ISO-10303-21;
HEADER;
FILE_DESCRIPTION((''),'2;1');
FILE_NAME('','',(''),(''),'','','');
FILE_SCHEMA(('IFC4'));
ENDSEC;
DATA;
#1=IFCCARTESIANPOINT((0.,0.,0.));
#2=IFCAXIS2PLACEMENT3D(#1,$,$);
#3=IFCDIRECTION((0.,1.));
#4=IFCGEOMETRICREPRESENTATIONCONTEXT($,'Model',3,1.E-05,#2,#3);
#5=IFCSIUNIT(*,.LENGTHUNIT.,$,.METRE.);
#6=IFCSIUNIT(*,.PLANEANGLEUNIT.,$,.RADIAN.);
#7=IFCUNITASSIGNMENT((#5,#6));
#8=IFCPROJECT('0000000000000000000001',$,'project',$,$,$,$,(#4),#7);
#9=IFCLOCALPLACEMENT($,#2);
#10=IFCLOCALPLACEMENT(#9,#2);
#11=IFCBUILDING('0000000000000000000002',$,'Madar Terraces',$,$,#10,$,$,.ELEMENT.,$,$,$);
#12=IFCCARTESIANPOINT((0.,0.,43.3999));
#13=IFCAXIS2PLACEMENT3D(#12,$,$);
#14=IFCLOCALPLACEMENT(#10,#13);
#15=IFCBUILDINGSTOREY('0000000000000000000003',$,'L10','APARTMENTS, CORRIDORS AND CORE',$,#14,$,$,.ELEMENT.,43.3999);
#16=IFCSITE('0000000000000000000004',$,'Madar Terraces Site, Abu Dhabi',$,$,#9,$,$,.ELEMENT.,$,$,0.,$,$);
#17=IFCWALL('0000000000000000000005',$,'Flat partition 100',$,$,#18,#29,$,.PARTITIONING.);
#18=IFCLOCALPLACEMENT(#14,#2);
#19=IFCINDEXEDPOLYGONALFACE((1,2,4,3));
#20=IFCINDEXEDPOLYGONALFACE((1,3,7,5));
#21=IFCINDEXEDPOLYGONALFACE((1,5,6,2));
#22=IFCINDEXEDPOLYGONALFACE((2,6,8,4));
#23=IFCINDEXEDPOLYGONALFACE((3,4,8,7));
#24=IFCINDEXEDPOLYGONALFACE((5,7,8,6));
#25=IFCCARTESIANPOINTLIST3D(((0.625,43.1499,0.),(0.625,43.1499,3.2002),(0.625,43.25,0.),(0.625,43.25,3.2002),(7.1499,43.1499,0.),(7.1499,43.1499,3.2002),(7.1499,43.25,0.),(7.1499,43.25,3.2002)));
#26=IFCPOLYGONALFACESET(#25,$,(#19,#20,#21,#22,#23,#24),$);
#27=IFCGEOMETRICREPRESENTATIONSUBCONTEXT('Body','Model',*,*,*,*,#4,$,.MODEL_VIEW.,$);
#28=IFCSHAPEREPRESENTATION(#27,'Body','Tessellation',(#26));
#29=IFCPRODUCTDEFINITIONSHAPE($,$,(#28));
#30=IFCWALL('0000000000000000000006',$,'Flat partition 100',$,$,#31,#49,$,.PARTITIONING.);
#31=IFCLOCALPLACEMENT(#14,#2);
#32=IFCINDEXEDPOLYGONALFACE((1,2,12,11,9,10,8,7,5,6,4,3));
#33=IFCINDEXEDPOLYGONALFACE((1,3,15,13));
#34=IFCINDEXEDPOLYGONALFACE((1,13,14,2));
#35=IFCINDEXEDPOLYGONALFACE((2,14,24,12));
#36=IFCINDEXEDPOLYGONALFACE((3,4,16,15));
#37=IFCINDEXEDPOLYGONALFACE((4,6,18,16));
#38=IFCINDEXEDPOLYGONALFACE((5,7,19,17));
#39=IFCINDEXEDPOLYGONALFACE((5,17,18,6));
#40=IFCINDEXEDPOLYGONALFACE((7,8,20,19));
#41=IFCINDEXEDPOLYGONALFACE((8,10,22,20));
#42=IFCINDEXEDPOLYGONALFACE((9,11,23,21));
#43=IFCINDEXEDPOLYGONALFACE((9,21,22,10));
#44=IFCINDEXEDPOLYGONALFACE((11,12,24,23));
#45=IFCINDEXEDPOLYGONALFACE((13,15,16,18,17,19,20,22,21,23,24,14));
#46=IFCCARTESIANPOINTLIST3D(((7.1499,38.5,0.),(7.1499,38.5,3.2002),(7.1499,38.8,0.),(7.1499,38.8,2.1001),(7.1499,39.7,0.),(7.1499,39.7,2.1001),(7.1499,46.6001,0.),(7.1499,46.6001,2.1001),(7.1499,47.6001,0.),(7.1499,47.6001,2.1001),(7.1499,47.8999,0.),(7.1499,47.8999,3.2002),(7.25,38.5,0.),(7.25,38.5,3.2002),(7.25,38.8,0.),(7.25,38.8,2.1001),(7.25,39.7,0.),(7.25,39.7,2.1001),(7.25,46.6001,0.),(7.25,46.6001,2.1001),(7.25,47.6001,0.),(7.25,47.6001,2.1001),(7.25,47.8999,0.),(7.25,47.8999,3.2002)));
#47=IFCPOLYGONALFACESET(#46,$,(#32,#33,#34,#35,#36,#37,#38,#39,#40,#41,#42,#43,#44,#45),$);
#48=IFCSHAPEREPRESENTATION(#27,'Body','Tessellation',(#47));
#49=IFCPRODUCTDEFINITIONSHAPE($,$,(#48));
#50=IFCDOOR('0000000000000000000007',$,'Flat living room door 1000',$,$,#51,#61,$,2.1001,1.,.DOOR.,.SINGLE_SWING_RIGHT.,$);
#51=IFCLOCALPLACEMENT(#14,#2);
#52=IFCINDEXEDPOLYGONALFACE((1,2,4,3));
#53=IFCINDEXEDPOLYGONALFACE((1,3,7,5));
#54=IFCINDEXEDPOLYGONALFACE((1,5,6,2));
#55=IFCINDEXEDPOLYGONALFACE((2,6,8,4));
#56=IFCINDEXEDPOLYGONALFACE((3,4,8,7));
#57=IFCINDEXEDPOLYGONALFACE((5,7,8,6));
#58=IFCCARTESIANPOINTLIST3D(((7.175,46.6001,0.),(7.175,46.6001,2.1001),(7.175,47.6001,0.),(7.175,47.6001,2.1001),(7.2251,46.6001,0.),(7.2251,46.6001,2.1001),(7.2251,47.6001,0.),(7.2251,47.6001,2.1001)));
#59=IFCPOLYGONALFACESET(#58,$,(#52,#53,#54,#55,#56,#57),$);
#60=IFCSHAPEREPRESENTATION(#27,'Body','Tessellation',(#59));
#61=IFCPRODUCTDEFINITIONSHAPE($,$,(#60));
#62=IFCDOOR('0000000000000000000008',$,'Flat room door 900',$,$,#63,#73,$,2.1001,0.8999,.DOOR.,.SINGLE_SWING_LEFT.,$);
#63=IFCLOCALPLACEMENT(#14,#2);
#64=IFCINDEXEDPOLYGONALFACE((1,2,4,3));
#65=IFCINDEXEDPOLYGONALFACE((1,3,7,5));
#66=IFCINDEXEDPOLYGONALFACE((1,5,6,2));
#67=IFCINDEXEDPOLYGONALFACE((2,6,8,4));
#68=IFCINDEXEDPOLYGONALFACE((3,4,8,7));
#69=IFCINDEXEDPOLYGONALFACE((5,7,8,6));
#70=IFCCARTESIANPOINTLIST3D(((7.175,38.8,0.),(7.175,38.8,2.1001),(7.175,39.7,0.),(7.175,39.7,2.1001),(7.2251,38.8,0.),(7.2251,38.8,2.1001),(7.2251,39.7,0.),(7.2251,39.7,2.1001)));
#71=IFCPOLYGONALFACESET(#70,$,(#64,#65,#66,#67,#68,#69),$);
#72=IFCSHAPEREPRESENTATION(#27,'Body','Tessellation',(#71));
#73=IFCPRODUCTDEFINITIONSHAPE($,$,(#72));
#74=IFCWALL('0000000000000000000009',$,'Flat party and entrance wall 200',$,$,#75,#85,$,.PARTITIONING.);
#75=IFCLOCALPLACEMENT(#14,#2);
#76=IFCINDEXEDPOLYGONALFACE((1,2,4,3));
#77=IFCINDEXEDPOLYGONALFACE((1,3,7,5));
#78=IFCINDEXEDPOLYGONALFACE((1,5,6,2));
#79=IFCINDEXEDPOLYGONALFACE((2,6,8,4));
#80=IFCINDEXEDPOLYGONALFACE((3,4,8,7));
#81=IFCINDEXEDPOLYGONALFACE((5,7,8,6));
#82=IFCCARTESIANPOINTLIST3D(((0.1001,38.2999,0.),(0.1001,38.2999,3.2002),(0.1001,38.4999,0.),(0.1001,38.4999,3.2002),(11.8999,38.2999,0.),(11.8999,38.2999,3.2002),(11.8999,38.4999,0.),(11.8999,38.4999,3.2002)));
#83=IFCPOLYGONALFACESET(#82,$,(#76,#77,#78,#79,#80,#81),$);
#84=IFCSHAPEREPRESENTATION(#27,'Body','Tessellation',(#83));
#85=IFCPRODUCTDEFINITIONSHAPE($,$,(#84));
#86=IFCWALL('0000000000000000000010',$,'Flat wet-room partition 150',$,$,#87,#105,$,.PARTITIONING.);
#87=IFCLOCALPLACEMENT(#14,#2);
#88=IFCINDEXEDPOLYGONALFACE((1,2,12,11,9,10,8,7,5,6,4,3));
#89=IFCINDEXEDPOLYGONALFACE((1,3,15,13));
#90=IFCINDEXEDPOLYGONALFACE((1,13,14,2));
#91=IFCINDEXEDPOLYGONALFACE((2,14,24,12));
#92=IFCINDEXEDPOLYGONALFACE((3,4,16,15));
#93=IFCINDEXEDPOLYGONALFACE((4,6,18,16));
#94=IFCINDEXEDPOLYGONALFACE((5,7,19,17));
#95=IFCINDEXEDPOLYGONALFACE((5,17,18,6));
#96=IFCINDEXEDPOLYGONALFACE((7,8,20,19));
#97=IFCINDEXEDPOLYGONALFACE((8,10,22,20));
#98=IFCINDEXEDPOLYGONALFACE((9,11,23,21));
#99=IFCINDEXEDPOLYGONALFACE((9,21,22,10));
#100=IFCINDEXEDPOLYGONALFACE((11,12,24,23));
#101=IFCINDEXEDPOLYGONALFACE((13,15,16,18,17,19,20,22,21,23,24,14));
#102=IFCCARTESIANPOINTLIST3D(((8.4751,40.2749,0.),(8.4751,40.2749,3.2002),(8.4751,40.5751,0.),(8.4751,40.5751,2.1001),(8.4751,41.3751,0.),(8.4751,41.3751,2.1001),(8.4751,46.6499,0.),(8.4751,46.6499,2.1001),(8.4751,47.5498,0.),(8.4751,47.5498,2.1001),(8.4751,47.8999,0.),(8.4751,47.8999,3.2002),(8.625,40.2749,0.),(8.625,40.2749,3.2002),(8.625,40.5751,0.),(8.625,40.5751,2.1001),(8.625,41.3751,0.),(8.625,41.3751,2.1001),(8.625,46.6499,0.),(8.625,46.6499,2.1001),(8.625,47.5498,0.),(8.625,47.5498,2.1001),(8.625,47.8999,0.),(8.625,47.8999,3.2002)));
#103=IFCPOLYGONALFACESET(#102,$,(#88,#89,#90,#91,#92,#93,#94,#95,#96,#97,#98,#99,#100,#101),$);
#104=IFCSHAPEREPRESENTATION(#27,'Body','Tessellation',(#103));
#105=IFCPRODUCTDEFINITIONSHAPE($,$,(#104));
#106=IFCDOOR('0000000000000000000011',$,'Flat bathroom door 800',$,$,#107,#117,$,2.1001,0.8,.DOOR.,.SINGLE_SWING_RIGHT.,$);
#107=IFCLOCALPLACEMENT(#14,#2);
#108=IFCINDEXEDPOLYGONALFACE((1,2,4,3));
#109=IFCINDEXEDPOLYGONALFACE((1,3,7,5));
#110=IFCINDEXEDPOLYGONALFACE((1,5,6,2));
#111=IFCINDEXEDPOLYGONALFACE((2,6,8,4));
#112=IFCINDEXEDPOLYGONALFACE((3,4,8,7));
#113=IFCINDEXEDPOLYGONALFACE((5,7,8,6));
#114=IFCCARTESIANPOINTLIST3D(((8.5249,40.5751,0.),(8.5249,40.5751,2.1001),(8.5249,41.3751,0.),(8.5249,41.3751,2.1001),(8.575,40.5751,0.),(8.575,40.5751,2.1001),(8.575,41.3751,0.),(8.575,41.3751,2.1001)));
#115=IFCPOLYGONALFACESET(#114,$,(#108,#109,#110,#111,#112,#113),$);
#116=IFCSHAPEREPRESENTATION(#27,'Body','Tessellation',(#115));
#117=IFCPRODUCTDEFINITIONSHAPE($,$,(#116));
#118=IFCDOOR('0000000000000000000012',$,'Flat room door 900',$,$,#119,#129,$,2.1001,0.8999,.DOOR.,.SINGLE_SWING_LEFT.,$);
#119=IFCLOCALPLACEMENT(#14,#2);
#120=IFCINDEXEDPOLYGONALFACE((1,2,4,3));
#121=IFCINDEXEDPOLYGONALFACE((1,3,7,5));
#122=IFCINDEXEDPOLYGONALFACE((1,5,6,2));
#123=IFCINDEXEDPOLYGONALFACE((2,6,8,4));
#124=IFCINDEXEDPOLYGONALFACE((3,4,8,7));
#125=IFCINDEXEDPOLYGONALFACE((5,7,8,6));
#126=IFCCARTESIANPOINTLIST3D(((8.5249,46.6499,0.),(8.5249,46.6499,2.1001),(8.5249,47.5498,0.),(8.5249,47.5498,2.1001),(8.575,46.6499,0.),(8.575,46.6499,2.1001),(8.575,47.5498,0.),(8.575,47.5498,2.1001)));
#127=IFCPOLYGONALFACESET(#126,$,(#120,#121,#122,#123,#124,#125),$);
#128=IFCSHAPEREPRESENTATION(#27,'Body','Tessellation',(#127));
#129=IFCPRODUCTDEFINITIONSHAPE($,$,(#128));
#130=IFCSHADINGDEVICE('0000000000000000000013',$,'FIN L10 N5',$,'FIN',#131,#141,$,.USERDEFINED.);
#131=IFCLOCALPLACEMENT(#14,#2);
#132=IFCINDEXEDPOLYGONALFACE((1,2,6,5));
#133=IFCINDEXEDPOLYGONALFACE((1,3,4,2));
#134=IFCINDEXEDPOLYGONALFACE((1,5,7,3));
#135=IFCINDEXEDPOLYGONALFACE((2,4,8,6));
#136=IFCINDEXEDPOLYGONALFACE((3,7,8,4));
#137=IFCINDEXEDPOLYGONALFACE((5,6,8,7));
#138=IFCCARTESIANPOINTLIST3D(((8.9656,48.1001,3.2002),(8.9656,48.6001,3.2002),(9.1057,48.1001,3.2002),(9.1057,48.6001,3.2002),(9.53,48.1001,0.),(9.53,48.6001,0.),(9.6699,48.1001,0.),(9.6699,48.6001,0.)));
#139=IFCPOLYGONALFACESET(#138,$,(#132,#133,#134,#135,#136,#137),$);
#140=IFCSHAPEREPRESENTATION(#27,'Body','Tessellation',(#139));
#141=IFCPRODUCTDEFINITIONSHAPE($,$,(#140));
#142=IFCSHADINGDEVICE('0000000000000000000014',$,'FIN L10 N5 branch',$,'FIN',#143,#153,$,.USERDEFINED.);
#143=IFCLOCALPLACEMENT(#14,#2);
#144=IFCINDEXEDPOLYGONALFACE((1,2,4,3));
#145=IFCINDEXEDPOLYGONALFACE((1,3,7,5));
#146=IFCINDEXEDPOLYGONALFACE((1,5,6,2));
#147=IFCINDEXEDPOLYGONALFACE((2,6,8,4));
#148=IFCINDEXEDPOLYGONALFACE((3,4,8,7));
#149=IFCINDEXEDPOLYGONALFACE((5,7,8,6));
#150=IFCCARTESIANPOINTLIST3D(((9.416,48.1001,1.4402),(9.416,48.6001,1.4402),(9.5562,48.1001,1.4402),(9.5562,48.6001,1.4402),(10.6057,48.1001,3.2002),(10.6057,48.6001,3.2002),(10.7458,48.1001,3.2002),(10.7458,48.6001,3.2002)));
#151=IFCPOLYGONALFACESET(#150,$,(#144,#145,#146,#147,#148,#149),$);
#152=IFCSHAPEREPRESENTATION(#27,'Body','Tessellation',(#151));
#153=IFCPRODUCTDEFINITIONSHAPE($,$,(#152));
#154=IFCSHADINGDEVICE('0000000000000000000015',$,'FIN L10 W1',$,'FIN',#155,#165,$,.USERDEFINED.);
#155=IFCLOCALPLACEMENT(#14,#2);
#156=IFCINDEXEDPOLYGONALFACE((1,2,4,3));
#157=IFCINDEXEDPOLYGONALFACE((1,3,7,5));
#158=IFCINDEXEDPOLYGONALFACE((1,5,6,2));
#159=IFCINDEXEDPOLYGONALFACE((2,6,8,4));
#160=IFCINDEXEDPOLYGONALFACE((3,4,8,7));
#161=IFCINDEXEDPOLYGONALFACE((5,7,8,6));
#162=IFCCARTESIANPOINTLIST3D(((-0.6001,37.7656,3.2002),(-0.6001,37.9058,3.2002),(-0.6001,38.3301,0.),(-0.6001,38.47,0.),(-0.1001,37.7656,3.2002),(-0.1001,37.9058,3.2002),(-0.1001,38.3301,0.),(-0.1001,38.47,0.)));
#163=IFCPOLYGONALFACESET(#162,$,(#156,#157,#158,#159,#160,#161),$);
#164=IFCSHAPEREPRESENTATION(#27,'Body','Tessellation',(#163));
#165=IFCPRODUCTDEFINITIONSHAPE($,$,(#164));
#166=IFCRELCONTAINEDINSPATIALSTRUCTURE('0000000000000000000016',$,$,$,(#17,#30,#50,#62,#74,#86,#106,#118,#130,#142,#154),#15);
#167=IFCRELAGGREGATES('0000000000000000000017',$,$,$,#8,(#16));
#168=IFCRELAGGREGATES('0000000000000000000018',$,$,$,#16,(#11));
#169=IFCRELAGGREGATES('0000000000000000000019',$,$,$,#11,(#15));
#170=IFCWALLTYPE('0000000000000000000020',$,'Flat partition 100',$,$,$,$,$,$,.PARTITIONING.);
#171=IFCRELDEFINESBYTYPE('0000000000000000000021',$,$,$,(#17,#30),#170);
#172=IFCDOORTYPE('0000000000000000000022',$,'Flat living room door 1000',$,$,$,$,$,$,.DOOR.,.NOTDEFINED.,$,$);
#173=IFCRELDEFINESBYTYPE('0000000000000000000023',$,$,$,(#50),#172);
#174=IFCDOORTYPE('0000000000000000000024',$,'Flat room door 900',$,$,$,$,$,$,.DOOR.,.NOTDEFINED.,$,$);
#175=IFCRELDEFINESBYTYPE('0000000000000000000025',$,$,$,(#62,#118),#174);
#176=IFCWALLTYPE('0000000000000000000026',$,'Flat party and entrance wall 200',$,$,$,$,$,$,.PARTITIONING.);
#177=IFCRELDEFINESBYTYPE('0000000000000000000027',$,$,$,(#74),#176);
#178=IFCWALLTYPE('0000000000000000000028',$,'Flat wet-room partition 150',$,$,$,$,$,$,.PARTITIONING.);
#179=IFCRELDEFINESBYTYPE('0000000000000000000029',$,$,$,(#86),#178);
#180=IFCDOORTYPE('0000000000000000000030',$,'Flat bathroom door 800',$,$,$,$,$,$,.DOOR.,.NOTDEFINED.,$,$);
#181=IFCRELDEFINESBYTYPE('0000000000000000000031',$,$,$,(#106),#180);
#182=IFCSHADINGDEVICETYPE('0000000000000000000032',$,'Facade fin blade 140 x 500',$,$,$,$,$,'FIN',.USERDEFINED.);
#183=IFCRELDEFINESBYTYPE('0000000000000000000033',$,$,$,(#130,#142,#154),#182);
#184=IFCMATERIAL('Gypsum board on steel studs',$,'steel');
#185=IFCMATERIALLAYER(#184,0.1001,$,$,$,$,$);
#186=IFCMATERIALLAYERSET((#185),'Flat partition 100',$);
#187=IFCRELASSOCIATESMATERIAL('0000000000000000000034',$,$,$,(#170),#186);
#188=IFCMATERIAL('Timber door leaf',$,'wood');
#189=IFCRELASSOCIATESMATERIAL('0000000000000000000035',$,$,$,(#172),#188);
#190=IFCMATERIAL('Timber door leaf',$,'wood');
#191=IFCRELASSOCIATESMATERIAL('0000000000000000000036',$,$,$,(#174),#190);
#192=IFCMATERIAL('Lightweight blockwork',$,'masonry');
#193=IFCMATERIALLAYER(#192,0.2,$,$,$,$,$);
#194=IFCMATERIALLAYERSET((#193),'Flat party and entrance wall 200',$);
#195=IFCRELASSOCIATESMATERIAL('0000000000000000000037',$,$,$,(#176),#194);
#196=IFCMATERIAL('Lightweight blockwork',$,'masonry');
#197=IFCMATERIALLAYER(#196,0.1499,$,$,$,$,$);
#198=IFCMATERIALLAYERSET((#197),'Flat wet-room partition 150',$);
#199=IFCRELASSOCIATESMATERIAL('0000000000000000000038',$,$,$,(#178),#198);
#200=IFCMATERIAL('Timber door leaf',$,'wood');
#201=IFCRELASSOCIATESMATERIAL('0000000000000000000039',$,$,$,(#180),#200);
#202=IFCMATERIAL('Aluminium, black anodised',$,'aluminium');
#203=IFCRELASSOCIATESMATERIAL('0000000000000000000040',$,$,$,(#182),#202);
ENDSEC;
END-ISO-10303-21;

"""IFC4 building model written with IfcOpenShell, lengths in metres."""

from ifc_helpers import new_model, si_unit, direction, frame, frame_2d, origin, place, context, subcontext, project, spatial, polyline, rectangle, outline, extrude, material, layer, layer_set, type_object, element, fill, save


model = new_model("IFC4")

# Units and contexts
model_context = context("Model", 3, precision=1e-05, world=origin(), true_north=direction((0.0, 1.0)))
body_context = subcontext(model_context, "Body", "Model", "MODEL_VIEW")
ifc_project = project(units=[si_unit("LENGTHUNIT", "METRE"), si_unit("PLANEANGLEUNIT", "RADIAN")], contexts=[model_context])

# Site, building, storey
site_placement = place(None, origin())
site = spatial("IfcSite", under=ifc_project, at=site_placement, Name="Madar Terraces Site, Abu Dhabi", CompositionType="ELEMENT", RefElevation=0.0)
building_placement = place(site_placement, origin())
building = spatial("IfcBuilding", under=site, at=building_placement, Name="Madar Terraces", CompositionType="ELEMENT")
storey_placement = place(building_placement, frame((0.0, 0.0, 43.3999)))
storey = spatial("IfcBuildingStorey", under=building, at=storey_placement, Name="L10", Description="APARTMENTS, CORRIDORS AND CORE", CompositionType="ELEMENT", Elevation=43.3999)

# Wall
ifc_material_1 = material(Name="Gypsum board on steel studs", Category="steel")
ifc_layer_1 = layer(ifc_material_1, 0.1001)
ifc_layer_set_1 = layer_set([ifc_layer_1], Name="Flat partition 100")
wall_type_1 = type_object("IfcWallType", Name="Flat partition 100", PredefinedType="PARTITIONING", material=ifc_layer_set_1)
wall_1_placement = place(storey_placement, frame((7.1499, 43.2, 0.0), z_axis=(0.0, 0.0, 1.0), x_axis=(-1.0, 0.0, 0.0)))
element("IfcWall", 1, at=wall_1_placement, inside=storey, type_object=wall_type_1, Name="Flat partition 100", PredefinedType="PARTITIONING", context=body_context, shape_type="SweptSolid", body=[
    extrude(rectangle(XDim=6.5249, YDim=0.1001, at=frame_2d((3.2625, 0.0))), origin(), (0.0, 0.0, 1.0), 3.2002),
])

# Wall, openings, doors
wall_2_placement = place(storey_placement, frame((7.2, 38.5, 0.0), z_axis=(0.0, 0.0, 1.0), x_axis=(0.0, 1.0, 0.0)))
wall_2 = element("IfcWall", 2, at=wall_2_placement, inside=storey, type_object=wall_type_1, Name="Flat partition 100", PredefinedType="PARTITIONING", context=body_context, shape_type="SweptSolid", body=[
    extrude(rectangle(XDim=9.3999, YDim=0.1001, at=frame_2d((4.7, 0.0))), origin(), (0.0, 0.0, 1.0), 3.2002),
])
opening_1_placement = place(wall_2_placement, frame((0.3, 0.0, 0.0)))
opening_1 = element("IfcOpeningElement", 3, at=opening_1_placement, cuts=wall_2, PredefinedType="OPENING", context=body_context, shape_type="SweptSolid", body=[
    extrude(rectangle(XDim=0.8999, YDim=2.1001, at=frame_2d((0.45, 1.05))), frame((0.0, 0.0601, 0.0), z_axis=(0.0, -1.0, 0.0), x_axis=(1.0, 0.0, 0.0)), (0.0, 0.0, 1.0), 0.1201),
])
opening_2_placement = place(wall_2_placement, frame((8.1001, 0.0, 0.0)))
opening_2 = element("IfcOpeningElement", 4, at=opening_2_placement, cuts=wall_2, PredefinedType="OPENING", context=body_context, shape_type="SweptSolid", body=[
    extrude(rectangle(XDim=1.0, YDim=2.1001, at=frame_2d((0.5, 1.05))), frame((0.0, 0.0601, 0.0), z_axis=(0.0, -1.0, 0.0), x_axis=(1.0, 0.0, 0.0)), (0.0, 0.0, 1.0), 0.1201),
])
ifc_material_2 = material(Name="Timber door leaf", Category="wood")
door_type_1 = type_object("IfcDoorType", Name="Flat living room door 1000", OperationType="NOTDEFINED", PredefinedType="DOOR", material=ifc_material_2)
door_1_placement = place(opening_2_placement, origin())
door_1 = element("IfcDoor", 5, at=door_1_placement, inside=storey, type_object=door_type_1, Name="Flat living room door 1000", OperationType="SINGLE_SWING_RIGHT", OverallHeight=2.1001, OverallWidth=1.0, PredefinedType="DOOR", context=body_context, shape_type="SweptSolid", body=[
    extrude(rectangle(XDim=1.0, YDim=2.1001, at=frame_2d((0.5, 1.05))), frame((0.0, 0.0249, 0.0), z_axis=(0.0, -1.0, 0.0), x_axis=(1.0, 0.0, 0.0)), (0.0, 0.0, 1.0), 0.05),
])
fill(opening_2, door_1)
ifc_material_3 = material(Name="Timber door leaf", Category="wood")
door_type_2 = type_object("IfcDoorType", Name="Flat room door 900", OperationType="NOTDEFINED", PredefinedType="DOOR", material=ifc_material_3)
door_2_placement = place(opening_1_placement, origin())
door_2 = element("IfcDoor", 6, at=door_2_placement, inside=storey, type_object=door_type_2, Name="Flat room door 900", OperationType="SINGLE_SWING_LEFT", OverallHeight=2.1001, OverallWidth=0.8999, PredefinedType="DOOR", context=body_context, shape_type="SweptSolid", body=[
    extrude(rectangle(XDim=0.8999, YDim=2.1001, at=frame_2d((0.45, 1.05))), frame((0.0, 0.0249, 0.0), z_axis=(0.0, -1.0, 0.0), x_axis=(1.0, 0.0, 0.0)), (0.0, 0.0, 1.0), 0.05),
])
fill(opening_1, door_2)

# Wall
ifc_material_4 = material(Name="Lightweight blockwork", Category="masonry")
ifc_layer_2 = layer(ifc_material_4, 0.2)
ifc_layer_set_2 = layer_set([ifc_layer_2], Name="Flat party and entrance wall 200")
wall_type_2 = type_object("IfcWallType", Name="Flat party and entrance wall 200", PredefinedType="PARTITIONING", material=ifc_layer_set_2)
wall_3_placement = place(storey_placement, frame((0.1001, 38.3999, 0.0), z_axis=(0.0, 0.0, 1.0), x_axis=(1.0, 0.0, 0.0)))
element("IfcWall", 7, at=wall_3_placement, inside=storey, type_object=wall_type_2, Name="Flat party and entrance wall 200", PredefinedType="PARTITIONING", context=body_context, shape_type="SweptSolid", body=[
    extrude(rectangle(XDim=11.7998, YDim=0.2, at=frame_2d((5.8999, 0.0))), origin(), (0.0, 0.0, 1.0), 3.2002),
])

# Wall, openings, doors
ifc_material_5 = material(Name="Lightweight blockwork", Category="masonry")
ifc_layer_3 = layer(ifc_material_5, 0.1499)
ifc_layer_set_3 = layer_set([ifc_layer_3], Name="Flat wet-room partition 150")
wall_type_3 = type_object("IfcWallType", Name="Flat wet-room partition 150", PredefinedType="PARTITIONING", material=ifc_layer_set_3)
wall_4_placement = place(storey_placement, frame((8.55, 47.8999, 0.0), z_axis=(0.0, 0.0, 1.0), x_axis=(0.0, -1.0, 0.0)))
wall_4 = element("IfcWall", 8, at=wall_4_placement, inside=storey, type_object=wall_type_3, Name="Flat wet-room partition 150", PredefinedType="PARTITIONING", context=body_context, shape_type="SweptSolid", body=[
    extrude(rectangle(XDim=7.625, YDim=0.1499, at=frame_2d((3.8125, 0.0))), origin(), (0.0, 0.0, 1.0), 3.2002),
])
opening_3_placement = place(wall_4_placement, frame((6.5249, 0.0, 0.0)))
opening_3 = element("IfcOpeningElement", 9, at=opening_3_placement, cuts=wall_4, PredefinedType="OPENING", context=body_context, shape_type="SweptSolid", body=[
    extrude(rectangle(XDim=0.8, YDim=2.1001, at=frame_2d((0.3999, 1.05))), frame((0.0, 0.085, 0.0), z_axis=(0.0, -1.0, 0.0), x_axis=(1.0, 0.0, 0.0)), (0.0, 0.0, 1.0), 0.1699),
])
opening_4_placement = place(wall_4_placement, frame((0.3501, 0.0, 0.0)))
opening_4 = element("IfcOpeningElement", 10, at=opening_4_placement, cuts=wall_4, PredefinedType="OPENING", context=body_context, shape_type="SweptSolid", body=[
    extrude(rectangle(XDim=0.8999, YDim=2.1001, at=frame_2d((0.45, 1.05))), frame((0.0, 0.085, 0.0), z_axis=(0.0, -1.0, 0.0), x_axis=(1.0, 0.0, 0.0)), (0.0, 0.0, 1.0), 0.1699),
])
ifc_material_6 = material(Name="Timber door leaf", Category="wood")
door_type_3 = type_object("IfcDoorType", Name="Flat bathroom door 800", OperationType="NOTDEFINED", PredefinedType="DOOR", material=ifc_material_6)
door_3_placement = place(opening_3_placement, origin())
door_3 = element("IfcDoor", 11, at=door_3_placement, inside=storey, type_object=door_type_3, Name="Flat bathroom door 800", OperationType="SINGLE_SWING_RIGHT", OverallHeight=2.1001, OverallWidth=0.8, PredefinedType="DOOR", context=body_context, shape_type="SweptSolid", body=[
    extrude(rectangle(XDim=0.8, YDim=2.1001, at=frame_2d((0.3999, 1.05))), frame((0.0, 0.0249, 0.0), z_axis=(0.0, -1.0, 0.0), x_axis=(1.0, 0.0, 0.0)), (0.0, 0.0, 1.0), 0.05),
])
fill(opening_3, door_3)
door_4_placement = place(opening_4_placement, origin())
door_4 = element("IfcDoor", 12, at=door_4_placement, inside=storey, type_object=door_type_2, Name="Flat room door 900", OperationType="SINGLE_SWING_LEFT", OverallHeight=2.1001, OverallWidth=0.8999, PredefinedType="DOOR", context=body_context, shape_type="SweptSolid", body=[
    extrude(rectangle(XDim=0.8999, YDim=2.1001, at=frame_2d((0.45, 1.05))), frame((0.0, 0.0249, 0.0), z_axis=(0.0, -1.0, 0.0), x_axis=(1.0, 0.0, 0.0)), (0.0, 0.0, 1.0), 0.05),
])
fill(opening_4, door_4)

# Shading devices
ifc_material_7 = material(Name="Aluminium, black anodised", Category="aluminium")
shading_device_type = type_object("IfcShadingDeviceType", Name="Facade fin blade 140 x 500", ElementType="FIN", PredefinedType="USERDEFINED", material=ifc_material_7)
shading_device_1_placement = place(storey_placement, frame((9.6699, 48.3501, 0.0), z_axis=(0.0, 0.0, 1.0), x_axis=(-1.0, 0.0, 0.0)))
element("IfcShadingDevice", 13, at=shading_device_1_placement, inside=storey, type_object=shading_device_type, Name="FIN L10 N5", ObjectType="FIN", PredefinedType="USERDEFINED", context=body_context, shape_type="SweptSolid", body=[
    extrude(outline(polyline([(0.0, 0.0), (0.1399, 0.0), (0.7043, 3.2002), (0.5642, 3.2002), (0.0, 0.0)])), frame((0.0, 0.25, 0.0), z_axis=(0.0, -1.0, 0.0), x_axis=(1.0, 0.0, 0.0)), (0.0, 0.0, 1.0), 0.5),
])
shading_device_2_placement = place(storey_placement, frame((9.5562, 48.3501, 1.4402), z_axis=(0.0, 0.0, 1.0), x_axis=(-1.0, 0.0, 0.0)))
element("IfcShadingDevice", 14, at=shading_device_2_placement, inside=storey, type_object=shading_device_type, Name="FIN L10 N5 branch", ObjectType="FIN", PredefinedType="USERDEFINED", context=body_context, shape_type="SweptSolid", body=[
    extrude(outline(polyline([(0.0, 0.0), (0.1401, 0.0), (-1.0496, 1.76), (-1.1897, 1.76), (0.0, 0.0)])), frame((0.0, 0.25, 0.0), z_axis=(0.0, -1.0, 0.0), x_axis=(1.0, 0.0, 0.0)), (0.0, 0.0, 1.0), 0.5),
])
shading_device_3_placement = place(storey_placement, frame((-0.3501, 38.47, 0.0), z_axis=(0.0, 0.0, 1.0), x_axis=(0.0, -1.0, 0.0)))
element("IfcShadingDevice", 15, at=shading_device_3_placement, inside=storey, type_object=shading_device_type, Name="FIN L10 W1", ObjectType="FIN", PredefinedType="USERDEFINED", context=body_context, shape_type="SweptSolid", body=[
    extrude(outline(polyline([(0.0, 0.0), (0.1399, 0.0), (0.7043, 3.2002), (0.5642, 3.2002), (0.0, 0.0)])), frame((0.0, 0.25, 0.0), z_axis=(0.0, -1.0, 0.0), x_axis=(1.0, 0.0, 0.0)), (0.0, 0.0, 1.0), 0.5),
])

save(model, "model.ifc")
